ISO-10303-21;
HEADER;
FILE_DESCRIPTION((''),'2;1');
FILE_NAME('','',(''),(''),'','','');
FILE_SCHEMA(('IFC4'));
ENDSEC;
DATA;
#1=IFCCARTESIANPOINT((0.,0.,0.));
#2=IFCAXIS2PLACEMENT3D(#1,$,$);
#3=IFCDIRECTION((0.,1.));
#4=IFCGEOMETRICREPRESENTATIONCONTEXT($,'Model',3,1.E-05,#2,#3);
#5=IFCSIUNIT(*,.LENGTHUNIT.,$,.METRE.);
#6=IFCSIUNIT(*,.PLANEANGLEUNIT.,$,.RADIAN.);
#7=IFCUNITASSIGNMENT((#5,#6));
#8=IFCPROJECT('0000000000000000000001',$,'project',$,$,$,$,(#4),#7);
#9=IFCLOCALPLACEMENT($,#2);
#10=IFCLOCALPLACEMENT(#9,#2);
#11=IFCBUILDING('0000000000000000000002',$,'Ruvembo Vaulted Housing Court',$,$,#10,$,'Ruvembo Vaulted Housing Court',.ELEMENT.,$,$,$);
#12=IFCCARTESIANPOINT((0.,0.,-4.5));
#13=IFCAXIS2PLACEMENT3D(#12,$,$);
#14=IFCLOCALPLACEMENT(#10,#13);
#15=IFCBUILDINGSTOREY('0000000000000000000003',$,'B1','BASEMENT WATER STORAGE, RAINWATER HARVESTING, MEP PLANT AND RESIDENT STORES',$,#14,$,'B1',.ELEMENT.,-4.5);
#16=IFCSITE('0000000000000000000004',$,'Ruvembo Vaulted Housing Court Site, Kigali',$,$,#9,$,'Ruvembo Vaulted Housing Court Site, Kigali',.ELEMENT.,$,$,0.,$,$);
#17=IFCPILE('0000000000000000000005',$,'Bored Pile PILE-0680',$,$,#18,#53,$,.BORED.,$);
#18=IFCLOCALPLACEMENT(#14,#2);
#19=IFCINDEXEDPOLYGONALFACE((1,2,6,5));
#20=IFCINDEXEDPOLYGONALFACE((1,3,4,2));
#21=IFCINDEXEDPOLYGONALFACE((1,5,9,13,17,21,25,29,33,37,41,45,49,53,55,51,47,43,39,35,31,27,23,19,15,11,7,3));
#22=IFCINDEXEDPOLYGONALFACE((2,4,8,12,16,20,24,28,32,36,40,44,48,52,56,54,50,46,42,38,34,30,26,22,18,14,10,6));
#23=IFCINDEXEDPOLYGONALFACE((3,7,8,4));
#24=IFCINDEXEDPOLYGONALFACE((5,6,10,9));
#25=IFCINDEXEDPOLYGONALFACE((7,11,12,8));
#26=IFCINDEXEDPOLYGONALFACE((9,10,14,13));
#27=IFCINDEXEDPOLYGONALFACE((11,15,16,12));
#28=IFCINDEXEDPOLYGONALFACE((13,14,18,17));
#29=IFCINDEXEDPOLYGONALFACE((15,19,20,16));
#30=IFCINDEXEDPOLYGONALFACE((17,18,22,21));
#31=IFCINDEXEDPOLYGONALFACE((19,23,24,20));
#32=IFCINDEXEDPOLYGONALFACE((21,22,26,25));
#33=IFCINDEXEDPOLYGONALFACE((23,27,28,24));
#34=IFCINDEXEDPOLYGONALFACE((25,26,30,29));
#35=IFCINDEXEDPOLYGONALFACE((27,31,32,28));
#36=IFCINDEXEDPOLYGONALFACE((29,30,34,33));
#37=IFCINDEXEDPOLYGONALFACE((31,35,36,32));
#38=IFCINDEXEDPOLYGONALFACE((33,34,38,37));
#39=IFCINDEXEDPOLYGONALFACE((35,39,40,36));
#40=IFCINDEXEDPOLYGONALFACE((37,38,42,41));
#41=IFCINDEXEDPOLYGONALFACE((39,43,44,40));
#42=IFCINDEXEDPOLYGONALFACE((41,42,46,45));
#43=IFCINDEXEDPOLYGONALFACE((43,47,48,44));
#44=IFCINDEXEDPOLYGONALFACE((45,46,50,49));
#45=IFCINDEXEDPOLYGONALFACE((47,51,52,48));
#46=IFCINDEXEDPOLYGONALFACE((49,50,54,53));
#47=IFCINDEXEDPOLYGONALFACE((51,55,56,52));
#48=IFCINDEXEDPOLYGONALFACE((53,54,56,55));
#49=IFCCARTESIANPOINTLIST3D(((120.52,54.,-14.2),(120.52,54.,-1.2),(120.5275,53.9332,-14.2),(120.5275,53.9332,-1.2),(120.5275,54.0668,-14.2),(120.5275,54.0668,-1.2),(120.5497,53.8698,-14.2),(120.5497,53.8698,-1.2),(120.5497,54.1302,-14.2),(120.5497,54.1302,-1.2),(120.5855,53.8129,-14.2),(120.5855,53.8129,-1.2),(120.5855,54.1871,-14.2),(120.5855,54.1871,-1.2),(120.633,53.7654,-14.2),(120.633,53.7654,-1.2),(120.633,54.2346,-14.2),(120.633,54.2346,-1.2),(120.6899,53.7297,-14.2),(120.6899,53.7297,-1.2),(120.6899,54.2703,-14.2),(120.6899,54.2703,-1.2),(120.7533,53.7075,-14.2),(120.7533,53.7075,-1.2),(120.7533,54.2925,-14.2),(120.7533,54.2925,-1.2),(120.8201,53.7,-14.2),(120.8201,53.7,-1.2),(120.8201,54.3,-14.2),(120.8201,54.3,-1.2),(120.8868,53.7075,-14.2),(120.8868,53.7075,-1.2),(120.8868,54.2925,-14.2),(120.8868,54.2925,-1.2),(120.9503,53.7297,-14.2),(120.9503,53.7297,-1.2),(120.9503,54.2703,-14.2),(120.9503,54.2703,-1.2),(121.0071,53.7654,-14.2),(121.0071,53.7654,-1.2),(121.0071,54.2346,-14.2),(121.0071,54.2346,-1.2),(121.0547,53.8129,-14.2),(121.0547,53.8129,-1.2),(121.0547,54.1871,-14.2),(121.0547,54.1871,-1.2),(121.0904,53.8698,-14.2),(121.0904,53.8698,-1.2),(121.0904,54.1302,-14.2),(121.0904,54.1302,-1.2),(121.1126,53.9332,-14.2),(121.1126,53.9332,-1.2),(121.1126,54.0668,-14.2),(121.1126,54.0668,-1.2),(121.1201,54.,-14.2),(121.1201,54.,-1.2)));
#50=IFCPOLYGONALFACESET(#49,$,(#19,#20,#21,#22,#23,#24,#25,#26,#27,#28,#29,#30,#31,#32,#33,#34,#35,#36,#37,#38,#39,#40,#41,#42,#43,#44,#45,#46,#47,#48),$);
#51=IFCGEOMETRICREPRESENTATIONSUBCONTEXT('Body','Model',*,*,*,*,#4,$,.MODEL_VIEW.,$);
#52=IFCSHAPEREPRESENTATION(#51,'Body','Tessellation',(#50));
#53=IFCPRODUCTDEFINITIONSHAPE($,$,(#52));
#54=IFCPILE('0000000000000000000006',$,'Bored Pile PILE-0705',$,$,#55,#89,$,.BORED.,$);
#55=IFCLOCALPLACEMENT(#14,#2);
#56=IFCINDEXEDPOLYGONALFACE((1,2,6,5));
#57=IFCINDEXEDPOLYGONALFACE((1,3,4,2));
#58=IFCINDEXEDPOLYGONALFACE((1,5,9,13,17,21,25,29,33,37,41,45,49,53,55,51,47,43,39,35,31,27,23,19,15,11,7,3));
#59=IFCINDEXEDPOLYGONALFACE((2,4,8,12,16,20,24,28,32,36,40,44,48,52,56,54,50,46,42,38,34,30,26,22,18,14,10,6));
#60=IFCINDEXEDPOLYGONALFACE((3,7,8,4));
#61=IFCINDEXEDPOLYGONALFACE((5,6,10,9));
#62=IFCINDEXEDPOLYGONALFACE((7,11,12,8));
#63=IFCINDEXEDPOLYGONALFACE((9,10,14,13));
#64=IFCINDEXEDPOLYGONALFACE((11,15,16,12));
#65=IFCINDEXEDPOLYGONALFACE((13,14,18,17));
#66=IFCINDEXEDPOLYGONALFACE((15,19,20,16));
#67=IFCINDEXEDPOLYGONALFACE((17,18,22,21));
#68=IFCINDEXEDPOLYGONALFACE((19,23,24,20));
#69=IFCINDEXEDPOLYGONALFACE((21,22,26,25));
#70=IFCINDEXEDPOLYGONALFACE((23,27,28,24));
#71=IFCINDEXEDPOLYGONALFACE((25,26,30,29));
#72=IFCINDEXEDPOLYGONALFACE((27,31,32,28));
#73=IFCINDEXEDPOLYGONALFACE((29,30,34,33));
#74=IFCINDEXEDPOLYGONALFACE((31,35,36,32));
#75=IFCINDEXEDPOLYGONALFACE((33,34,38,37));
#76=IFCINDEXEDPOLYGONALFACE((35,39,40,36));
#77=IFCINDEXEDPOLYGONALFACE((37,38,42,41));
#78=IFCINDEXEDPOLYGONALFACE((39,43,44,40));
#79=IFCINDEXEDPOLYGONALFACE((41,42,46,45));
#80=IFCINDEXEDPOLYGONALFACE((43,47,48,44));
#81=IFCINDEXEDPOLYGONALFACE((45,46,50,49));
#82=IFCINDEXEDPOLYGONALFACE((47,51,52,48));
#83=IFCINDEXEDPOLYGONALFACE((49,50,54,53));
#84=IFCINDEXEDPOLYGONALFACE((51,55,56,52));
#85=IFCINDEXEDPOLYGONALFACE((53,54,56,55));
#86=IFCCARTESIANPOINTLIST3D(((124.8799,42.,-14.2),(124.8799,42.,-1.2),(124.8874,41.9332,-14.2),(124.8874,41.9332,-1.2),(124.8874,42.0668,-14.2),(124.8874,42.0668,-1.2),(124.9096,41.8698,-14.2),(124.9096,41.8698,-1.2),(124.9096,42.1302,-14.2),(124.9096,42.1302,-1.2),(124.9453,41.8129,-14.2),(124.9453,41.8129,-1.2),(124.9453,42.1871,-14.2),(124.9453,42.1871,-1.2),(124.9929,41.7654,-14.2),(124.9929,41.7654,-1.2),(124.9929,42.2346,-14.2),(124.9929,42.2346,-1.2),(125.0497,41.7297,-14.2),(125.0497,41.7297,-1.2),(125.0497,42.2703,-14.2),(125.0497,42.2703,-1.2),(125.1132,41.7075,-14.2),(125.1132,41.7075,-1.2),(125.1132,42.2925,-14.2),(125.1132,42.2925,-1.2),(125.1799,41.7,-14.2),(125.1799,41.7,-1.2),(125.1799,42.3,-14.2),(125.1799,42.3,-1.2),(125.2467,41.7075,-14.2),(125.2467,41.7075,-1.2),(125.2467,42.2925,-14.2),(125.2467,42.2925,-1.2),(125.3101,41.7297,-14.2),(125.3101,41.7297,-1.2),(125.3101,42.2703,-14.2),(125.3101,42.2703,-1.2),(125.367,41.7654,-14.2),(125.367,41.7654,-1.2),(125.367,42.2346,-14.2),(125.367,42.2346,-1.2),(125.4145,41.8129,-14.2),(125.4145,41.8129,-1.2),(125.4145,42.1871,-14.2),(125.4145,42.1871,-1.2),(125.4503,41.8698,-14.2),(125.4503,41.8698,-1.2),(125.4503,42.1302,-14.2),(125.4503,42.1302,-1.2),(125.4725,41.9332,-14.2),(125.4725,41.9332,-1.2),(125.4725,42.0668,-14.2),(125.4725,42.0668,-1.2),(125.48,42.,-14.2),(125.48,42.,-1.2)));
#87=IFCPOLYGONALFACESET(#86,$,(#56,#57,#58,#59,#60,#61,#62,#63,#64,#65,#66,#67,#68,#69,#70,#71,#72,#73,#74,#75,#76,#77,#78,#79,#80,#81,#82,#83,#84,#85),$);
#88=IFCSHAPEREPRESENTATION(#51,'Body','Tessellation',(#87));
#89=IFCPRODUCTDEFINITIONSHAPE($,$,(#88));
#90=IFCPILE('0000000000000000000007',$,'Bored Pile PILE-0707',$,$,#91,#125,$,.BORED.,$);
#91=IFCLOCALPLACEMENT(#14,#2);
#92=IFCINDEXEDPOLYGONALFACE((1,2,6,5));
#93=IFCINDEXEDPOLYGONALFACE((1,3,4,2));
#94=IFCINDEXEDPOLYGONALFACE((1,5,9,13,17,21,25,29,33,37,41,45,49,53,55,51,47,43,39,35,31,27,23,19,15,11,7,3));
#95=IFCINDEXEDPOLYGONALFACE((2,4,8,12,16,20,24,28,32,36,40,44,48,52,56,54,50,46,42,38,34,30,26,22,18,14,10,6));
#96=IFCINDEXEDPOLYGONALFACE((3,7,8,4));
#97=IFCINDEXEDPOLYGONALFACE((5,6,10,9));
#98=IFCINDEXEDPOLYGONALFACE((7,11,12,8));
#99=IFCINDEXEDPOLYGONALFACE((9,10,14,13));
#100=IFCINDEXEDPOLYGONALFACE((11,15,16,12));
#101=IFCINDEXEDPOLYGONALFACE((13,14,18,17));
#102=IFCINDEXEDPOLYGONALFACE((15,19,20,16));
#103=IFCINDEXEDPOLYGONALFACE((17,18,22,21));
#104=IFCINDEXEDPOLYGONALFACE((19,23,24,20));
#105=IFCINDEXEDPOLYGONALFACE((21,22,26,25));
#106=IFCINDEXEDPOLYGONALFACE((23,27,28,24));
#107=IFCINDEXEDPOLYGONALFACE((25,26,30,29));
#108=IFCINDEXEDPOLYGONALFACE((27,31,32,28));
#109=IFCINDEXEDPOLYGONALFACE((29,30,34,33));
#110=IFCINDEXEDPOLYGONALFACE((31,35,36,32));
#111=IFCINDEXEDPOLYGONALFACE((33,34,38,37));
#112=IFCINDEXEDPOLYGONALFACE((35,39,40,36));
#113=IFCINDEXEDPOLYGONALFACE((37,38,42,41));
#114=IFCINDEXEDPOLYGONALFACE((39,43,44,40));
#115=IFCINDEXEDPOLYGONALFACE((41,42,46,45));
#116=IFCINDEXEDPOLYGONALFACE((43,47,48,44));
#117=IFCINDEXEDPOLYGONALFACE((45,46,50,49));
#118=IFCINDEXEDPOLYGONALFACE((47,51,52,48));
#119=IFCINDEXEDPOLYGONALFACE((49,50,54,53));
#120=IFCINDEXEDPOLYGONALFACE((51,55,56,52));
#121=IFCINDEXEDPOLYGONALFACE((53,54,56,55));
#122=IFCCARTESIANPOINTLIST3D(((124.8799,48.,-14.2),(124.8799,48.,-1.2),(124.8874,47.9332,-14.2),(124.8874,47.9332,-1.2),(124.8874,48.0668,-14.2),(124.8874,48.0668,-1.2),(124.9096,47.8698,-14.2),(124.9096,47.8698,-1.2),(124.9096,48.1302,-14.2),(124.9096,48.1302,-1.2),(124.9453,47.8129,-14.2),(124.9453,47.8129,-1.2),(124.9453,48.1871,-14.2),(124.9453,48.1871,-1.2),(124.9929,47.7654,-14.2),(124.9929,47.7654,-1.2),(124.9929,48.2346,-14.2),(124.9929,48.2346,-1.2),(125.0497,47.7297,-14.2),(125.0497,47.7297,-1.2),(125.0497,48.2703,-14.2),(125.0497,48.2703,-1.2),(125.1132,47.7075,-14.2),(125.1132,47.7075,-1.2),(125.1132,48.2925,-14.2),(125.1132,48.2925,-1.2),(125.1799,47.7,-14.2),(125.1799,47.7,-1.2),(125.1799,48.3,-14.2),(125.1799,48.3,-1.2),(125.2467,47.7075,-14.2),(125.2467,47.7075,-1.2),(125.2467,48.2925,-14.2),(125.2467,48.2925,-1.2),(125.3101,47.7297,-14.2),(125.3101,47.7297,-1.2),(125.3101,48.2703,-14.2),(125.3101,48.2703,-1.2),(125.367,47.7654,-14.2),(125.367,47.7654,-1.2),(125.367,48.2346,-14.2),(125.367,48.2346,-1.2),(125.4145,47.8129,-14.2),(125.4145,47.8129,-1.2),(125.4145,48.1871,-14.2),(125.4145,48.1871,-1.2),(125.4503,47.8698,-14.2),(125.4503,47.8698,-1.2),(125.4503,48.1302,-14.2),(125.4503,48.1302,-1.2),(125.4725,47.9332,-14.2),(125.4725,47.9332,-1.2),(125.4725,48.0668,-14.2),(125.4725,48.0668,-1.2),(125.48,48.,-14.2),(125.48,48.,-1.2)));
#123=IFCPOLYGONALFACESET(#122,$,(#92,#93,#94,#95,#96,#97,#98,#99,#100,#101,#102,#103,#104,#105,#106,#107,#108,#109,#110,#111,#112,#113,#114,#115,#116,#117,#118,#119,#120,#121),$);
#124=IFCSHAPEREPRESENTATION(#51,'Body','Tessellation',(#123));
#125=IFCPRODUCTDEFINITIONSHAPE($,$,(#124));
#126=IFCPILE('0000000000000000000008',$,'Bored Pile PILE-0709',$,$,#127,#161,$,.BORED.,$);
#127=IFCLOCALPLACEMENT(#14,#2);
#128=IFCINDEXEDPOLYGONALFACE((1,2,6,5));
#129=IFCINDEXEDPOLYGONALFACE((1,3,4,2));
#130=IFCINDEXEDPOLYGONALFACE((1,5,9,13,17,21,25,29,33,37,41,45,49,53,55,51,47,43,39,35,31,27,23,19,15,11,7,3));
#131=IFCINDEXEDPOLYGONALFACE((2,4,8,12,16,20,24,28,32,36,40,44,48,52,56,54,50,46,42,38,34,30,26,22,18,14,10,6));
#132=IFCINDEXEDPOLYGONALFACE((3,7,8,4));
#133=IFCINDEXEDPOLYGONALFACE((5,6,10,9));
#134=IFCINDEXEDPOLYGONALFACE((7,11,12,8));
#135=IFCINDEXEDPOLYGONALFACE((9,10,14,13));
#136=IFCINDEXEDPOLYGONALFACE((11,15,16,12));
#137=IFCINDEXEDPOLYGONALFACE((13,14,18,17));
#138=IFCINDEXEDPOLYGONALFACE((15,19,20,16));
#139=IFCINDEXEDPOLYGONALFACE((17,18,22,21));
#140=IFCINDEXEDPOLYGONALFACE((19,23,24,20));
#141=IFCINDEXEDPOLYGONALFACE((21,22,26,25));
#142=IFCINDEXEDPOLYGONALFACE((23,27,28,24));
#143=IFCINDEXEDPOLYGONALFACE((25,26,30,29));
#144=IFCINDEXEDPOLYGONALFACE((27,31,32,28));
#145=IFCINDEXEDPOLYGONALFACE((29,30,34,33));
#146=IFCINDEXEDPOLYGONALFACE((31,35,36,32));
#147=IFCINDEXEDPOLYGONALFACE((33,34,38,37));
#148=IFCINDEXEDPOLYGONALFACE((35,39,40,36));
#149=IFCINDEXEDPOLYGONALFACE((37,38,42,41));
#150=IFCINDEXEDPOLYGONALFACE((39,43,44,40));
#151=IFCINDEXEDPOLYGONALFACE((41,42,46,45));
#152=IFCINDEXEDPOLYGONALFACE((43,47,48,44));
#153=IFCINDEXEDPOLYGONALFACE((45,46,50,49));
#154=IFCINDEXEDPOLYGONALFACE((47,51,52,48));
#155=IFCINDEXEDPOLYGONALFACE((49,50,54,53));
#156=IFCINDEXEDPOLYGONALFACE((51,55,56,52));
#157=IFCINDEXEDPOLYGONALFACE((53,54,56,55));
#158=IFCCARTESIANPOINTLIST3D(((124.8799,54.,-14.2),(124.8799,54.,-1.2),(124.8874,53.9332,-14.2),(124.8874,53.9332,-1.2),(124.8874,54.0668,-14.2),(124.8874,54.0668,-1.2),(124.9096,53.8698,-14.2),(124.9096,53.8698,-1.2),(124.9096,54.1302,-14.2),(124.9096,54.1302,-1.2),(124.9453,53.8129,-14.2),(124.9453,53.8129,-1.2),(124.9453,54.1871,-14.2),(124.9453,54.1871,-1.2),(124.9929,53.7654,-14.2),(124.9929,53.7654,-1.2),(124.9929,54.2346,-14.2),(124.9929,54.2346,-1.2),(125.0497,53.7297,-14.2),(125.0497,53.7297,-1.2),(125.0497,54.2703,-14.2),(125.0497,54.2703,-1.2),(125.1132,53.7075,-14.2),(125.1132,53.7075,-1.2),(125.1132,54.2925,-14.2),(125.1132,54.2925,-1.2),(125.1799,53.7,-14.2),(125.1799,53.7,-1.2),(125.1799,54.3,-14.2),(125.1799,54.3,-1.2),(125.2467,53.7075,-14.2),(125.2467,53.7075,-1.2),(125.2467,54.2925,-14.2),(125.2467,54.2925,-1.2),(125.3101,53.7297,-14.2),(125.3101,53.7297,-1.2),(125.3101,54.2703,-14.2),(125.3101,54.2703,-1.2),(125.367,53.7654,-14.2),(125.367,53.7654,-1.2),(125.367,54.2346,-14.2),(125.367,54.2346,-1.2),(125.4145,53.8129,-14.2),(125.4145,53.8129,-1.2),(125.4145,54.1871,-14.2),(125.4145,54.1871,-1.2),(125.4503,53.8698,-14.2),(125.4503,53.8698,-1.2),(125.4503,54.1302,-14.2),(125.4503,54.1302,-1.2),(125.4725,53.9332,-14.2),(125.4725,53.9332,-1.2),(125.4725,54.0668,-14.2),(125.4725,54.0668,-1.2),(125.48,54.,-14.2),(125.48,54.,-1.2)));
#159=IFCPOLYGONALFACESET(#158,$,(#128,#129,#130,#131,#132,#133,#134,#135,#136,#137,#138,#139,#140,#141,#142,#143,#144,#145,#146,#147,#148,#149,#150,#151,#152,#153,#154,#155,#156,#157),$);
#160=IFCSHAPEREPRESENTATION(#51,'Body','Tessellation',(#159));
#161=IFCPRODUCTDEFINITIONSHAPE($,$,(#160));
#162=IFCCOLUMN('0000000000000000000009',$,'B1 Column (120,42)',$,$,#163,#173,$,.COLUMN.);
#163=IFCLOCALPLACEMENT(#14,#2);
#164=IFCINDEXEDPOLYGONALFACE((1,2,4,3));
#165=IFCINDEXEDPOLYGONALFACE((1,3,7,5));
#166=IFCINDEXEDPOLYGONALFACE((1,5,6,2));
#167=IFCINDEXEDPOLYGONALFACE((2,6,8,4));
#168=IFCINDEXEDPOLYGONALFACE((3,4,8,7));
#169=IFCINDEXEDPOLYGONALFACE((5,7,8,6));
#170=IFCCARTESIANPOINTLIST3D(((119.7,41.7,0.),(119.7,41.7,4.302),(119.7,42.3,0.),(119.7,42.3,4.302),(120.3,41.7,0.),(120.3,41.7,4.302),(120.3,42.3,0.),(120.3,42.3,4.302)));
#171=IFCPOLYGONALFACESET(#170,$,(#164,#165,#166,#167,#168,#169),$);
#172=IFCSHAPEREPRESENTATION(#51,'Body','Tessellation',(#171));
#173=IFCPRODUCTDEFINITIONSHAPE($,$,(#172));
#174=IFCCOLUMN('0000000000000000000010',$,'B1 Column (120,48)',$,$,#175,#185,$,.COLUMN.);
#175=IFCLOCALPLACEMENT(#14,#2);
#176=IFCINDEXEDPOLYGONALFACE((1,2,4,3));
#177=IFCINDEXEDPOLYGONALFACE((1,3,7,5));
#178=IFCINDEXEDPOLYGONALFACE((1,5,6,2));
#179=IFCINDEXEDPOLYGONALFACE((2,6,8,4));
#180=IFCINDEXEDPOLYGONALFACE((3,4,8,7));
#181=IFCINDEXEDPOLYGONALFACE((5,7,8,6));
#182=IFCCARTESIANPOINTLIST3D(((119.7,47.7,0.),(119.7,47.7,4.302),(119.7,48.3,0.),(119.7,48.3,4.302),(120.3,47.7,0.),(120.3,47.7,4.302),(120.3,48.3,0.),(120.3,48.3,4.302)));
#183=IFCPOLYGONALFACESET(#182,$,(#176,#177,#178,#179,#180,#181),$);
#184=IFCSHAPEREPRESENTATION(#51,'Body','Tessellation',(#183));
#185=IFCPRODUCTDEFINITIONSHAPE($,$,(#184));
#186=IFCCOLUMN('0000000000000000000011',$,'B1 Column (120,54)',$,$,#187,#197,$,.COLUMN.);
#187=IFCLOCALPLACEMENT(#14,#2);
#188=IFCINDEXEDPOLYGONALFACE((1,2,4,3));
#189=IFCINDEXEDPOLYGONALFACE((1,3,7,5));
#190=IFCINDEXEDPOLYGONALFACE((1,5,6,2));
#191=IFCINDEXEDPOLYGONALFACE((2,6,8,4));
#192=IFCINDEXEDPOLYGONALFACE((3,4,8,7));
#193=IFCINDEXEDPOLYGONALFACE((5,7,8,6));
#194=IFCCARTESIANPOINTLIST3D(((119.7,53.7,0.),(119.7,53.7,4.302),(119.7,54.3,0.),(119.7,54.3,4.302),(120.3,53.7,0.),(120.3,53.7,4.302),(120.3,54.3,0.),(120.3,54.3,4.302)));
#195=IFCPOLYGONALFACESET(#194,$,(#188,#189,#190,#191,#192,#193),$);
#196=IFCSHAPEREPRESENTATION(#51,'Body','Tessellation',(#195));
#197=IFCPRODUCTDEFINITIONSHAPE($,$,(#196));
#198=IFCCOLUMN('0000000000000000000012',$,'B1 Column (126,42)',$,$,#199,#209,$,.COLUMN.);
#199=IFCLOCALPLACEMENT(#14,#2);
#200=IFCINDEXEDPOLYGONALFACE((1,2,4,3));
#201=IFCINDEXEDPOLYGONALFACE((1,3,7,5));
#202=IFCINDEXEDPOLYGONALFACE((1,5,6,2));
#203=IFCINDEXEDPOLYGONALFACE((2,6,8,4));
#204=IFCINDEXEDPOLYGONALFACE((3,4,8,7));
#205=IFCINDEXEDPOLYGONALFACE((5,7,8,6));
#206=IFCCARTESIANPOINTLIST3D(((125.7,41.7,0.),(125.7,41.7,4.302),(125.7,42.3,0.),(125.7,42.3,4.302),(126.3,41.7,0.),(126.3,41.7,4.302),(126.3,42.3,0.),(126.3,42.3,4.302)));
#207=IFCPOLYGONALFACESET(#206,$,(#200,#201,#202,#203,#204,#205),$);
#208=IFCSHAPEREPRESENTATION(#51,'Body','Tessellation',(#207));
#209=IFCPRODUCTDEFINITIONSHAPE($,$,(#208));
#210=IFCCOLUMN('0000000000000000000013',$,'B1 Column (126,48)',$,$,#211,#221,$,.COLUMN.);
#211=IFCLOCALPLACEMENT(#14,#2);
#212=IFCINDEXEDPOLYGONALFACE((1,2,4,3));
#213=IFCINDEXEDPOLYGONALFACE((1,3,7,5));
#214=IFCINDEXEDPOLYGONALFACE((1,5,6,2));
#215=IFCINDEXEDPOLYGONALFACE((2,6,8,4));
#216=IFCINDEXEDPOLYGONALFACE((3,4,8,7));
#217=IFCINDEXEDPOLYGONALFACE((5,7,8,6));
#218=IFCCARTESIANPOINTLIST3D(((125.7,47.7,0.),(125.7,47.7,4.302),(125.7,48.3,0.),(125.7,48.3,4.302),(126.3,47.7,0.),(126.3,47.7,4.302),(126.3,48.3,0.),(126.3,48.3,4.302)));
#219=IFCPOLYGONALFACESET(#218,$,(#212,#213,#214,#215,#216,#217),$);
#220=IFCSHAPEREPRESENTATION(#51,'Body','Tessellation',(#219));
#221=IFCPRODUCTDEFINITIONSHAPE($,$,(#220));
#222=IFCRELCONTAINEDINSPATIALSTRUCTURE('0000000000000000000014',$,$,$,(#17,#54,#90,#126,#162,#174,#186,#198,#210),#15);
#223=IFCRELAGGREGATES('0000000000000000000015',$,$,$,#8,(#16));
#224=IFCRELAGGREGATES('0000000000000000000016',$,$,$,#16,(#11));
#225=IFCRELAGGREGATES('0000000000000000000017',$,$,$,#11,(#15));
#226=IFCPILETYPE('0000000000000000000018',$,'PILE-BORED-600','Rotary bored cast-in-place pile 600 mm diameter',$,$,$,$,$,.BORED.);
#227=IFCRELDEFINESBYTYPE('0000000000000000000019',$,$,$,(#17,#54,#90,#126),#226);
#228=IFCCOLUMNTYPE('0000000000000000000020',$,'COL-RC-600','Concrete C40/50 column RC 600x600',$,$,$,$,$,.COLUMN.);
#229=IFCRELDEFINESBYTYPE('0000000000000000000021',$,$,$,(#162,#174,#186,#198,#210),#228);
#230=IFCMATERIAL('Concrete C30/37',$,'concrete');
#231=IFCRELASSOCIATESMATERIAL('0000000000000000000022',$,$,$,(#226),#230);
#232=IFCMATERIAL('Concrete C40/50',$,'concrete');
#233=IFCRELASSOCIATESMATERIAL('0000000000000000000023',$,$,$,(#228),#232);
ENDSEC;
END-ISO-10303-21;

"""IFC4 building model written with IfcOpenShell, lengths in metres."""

from ifc_helpers import new_model, si_unit, direction, frame, origin, origin_2d, place, context, subcontext, project, spatial, rectangle, circle, extrude, material, material_profile, profile_set, type_object, element, save


model = new_model("IFC4")

# Units and contexts
model_context = context("Model", 3, precision=1e-05, world=origin(), true_north=direction((0.0, 1.0)))
body_context = subcontext(model_context, "Body", "Model", "MODEL_VIEW")
ifc_project = project(units=[si_unit("LENGTHUNIT", "METRE"), si_unit("PLANEANGLEUNIT", "RADIAN")], contexts=[model_context])

# Site, building, storey
site_placement = place(None, origin())
site = spatial("IfcSite", under=ifc_project, at=site_placement, Name="Ruvembo Vaulted Housing Court Site, Kigali", LongName="Ruvembo Vaulted Housing Court Site, Kigali", CompositionType="ELEMENT", RefElevation=0.0)
building_placement = place(site_placement, origin())
building = spatial("IfcBuilding", under=site, at=building_placement, Name="Ruvembo Vaulted Housing Court", LongName="Ruvembo Vaulted Housing Court", CompositionType="ELEMENT")
storey_placement = place(building_placement, frame((0.0, 0.0, -4.5)))
storey = spatial("IfcBuildingStorey", under=building, at=storey_placement, Name="B1", Description="BASEMENT WATER STORAGE, RAINWATER HARVESTING, MEP PLANT AND RESIDENT STORES", LongName="B1", CompositionType="ELEMENT", Elevation=-4.5)

# Piles
ifc_material_1 = material(Name="Concrete C30/37", Category="concrete")
ifc_material_profile_1 = material_profile(ifc_material_1, circle(Radius=0.3, at=origin_2d()), Name="PILE D600")
ifc_profile_set_1 = profile_set([ifc_material_profile_1], Name="Concrete C30/37")
pile_type = type_object("IfcPileType", Name="PILE-BORED-600", Description="Rotary bored cast-in-place pile 600 mm diameter", PredefinedType="BORED", material=ifc_profile_set_1)
for number, where, z_axis, x_axis, name in (
    (1, (120.8201, 54.0, -1.2), (0.0, 0.0, -1.0), (1.0, 0.0, 0.0), "Bored Pile PILE-0680"),
    (2, (125.1799, 42.0, -1.2), (0.0, 0.0, -1.0), (1.0, 0.0, 0.0), "Bored Pile PILE-0705"),
    (3, (125.1799, 48.0, -1.2), (0.0, 0.0, -1.0), (1.0, 0.0, 0.0), "Bored Pile PILE-0707"),
    (4, (125.1799, 54.0, -1.2), (0.0, 0.0, -1.0), (1.0, 0.0, 0.0), "Bored Pile PILE-0709"),
):
    element("IfcPile", number, at=place(storey_placement, frame(where, z_axis=z_axis, x_axis=x_axis)), inside=storey, type_object=pile_type, Name=name, PredefinedType="BORED", context=body_context, shape_type="SweptSolid", body=[
        extrude(circle(Radius=0.3, at=origin_2d()), origin(), (0.0, 0.0, 1.0), 13.0),
    ])

# Columns
ifc_material_2 = material(Name="Concrete C40/50", Category="concrete")
ifc_material_profile_2 = material_profile(ifc_material_2, rectangle(XDim=0.6001, YDim=0.6001, at=origin_2d()), Name="RC 600x600")
ifc_profile_set_2 = profile_set([ifc_material_profile_2], Name="Concrete C40/50")
column_type = type_object("IfcColumnType", Name="COL-RC-600", Description="Concrete C40/50 column RC 600x600", PredefinedType="COLUMN", material=ifc_profile_set_2)
for number, where, z_axis, x_axis, name in (
    (5, (120.0, 42.0, 0.0), (0.0, 0.0, 1.0), (1.0, 0.0, 0.0), "B1 Column (120,42)"),
    (6, (120.0, 48.0, 0.0), (0.0, 0.0, 1.0), (1.0, 0.0, 0.0), "B1 Column (120,48)"),
    (7, (120.0, 54.0, 0.0), (0.0, 0.0, 1.0), (1.0, 0.0, 0.0), "B1 Column (120,54)"),
    (8, (126.0, 42.0, 0.0), (0.0, 0.0, 1.0), (1.0, 0.0, 0.0), "B1 Column (126,42)"),
    (9, (126.0, 48.0, 0.0), (0.0, 0.0, 1.0), (1.0, 0.0, 0.0), "B1 Column (126,48)"),
):
    element("IfcColumn", number, at=place(storey_placement, frame(where, z_axis=z_axis, x_axis=x_axis)), inside=storey, type_object=column_type, Name=name, PredefinedType="COLUMN", context=body_context, shape_type="SweptSolid", body=[
        extrude(rectangle(XDim=0.6001, YDim=0.6001, at=origin_2d()), origin(), (0.0, 0.0, 1.0), 4.302),
    ])

save(model, "model.ifc")
